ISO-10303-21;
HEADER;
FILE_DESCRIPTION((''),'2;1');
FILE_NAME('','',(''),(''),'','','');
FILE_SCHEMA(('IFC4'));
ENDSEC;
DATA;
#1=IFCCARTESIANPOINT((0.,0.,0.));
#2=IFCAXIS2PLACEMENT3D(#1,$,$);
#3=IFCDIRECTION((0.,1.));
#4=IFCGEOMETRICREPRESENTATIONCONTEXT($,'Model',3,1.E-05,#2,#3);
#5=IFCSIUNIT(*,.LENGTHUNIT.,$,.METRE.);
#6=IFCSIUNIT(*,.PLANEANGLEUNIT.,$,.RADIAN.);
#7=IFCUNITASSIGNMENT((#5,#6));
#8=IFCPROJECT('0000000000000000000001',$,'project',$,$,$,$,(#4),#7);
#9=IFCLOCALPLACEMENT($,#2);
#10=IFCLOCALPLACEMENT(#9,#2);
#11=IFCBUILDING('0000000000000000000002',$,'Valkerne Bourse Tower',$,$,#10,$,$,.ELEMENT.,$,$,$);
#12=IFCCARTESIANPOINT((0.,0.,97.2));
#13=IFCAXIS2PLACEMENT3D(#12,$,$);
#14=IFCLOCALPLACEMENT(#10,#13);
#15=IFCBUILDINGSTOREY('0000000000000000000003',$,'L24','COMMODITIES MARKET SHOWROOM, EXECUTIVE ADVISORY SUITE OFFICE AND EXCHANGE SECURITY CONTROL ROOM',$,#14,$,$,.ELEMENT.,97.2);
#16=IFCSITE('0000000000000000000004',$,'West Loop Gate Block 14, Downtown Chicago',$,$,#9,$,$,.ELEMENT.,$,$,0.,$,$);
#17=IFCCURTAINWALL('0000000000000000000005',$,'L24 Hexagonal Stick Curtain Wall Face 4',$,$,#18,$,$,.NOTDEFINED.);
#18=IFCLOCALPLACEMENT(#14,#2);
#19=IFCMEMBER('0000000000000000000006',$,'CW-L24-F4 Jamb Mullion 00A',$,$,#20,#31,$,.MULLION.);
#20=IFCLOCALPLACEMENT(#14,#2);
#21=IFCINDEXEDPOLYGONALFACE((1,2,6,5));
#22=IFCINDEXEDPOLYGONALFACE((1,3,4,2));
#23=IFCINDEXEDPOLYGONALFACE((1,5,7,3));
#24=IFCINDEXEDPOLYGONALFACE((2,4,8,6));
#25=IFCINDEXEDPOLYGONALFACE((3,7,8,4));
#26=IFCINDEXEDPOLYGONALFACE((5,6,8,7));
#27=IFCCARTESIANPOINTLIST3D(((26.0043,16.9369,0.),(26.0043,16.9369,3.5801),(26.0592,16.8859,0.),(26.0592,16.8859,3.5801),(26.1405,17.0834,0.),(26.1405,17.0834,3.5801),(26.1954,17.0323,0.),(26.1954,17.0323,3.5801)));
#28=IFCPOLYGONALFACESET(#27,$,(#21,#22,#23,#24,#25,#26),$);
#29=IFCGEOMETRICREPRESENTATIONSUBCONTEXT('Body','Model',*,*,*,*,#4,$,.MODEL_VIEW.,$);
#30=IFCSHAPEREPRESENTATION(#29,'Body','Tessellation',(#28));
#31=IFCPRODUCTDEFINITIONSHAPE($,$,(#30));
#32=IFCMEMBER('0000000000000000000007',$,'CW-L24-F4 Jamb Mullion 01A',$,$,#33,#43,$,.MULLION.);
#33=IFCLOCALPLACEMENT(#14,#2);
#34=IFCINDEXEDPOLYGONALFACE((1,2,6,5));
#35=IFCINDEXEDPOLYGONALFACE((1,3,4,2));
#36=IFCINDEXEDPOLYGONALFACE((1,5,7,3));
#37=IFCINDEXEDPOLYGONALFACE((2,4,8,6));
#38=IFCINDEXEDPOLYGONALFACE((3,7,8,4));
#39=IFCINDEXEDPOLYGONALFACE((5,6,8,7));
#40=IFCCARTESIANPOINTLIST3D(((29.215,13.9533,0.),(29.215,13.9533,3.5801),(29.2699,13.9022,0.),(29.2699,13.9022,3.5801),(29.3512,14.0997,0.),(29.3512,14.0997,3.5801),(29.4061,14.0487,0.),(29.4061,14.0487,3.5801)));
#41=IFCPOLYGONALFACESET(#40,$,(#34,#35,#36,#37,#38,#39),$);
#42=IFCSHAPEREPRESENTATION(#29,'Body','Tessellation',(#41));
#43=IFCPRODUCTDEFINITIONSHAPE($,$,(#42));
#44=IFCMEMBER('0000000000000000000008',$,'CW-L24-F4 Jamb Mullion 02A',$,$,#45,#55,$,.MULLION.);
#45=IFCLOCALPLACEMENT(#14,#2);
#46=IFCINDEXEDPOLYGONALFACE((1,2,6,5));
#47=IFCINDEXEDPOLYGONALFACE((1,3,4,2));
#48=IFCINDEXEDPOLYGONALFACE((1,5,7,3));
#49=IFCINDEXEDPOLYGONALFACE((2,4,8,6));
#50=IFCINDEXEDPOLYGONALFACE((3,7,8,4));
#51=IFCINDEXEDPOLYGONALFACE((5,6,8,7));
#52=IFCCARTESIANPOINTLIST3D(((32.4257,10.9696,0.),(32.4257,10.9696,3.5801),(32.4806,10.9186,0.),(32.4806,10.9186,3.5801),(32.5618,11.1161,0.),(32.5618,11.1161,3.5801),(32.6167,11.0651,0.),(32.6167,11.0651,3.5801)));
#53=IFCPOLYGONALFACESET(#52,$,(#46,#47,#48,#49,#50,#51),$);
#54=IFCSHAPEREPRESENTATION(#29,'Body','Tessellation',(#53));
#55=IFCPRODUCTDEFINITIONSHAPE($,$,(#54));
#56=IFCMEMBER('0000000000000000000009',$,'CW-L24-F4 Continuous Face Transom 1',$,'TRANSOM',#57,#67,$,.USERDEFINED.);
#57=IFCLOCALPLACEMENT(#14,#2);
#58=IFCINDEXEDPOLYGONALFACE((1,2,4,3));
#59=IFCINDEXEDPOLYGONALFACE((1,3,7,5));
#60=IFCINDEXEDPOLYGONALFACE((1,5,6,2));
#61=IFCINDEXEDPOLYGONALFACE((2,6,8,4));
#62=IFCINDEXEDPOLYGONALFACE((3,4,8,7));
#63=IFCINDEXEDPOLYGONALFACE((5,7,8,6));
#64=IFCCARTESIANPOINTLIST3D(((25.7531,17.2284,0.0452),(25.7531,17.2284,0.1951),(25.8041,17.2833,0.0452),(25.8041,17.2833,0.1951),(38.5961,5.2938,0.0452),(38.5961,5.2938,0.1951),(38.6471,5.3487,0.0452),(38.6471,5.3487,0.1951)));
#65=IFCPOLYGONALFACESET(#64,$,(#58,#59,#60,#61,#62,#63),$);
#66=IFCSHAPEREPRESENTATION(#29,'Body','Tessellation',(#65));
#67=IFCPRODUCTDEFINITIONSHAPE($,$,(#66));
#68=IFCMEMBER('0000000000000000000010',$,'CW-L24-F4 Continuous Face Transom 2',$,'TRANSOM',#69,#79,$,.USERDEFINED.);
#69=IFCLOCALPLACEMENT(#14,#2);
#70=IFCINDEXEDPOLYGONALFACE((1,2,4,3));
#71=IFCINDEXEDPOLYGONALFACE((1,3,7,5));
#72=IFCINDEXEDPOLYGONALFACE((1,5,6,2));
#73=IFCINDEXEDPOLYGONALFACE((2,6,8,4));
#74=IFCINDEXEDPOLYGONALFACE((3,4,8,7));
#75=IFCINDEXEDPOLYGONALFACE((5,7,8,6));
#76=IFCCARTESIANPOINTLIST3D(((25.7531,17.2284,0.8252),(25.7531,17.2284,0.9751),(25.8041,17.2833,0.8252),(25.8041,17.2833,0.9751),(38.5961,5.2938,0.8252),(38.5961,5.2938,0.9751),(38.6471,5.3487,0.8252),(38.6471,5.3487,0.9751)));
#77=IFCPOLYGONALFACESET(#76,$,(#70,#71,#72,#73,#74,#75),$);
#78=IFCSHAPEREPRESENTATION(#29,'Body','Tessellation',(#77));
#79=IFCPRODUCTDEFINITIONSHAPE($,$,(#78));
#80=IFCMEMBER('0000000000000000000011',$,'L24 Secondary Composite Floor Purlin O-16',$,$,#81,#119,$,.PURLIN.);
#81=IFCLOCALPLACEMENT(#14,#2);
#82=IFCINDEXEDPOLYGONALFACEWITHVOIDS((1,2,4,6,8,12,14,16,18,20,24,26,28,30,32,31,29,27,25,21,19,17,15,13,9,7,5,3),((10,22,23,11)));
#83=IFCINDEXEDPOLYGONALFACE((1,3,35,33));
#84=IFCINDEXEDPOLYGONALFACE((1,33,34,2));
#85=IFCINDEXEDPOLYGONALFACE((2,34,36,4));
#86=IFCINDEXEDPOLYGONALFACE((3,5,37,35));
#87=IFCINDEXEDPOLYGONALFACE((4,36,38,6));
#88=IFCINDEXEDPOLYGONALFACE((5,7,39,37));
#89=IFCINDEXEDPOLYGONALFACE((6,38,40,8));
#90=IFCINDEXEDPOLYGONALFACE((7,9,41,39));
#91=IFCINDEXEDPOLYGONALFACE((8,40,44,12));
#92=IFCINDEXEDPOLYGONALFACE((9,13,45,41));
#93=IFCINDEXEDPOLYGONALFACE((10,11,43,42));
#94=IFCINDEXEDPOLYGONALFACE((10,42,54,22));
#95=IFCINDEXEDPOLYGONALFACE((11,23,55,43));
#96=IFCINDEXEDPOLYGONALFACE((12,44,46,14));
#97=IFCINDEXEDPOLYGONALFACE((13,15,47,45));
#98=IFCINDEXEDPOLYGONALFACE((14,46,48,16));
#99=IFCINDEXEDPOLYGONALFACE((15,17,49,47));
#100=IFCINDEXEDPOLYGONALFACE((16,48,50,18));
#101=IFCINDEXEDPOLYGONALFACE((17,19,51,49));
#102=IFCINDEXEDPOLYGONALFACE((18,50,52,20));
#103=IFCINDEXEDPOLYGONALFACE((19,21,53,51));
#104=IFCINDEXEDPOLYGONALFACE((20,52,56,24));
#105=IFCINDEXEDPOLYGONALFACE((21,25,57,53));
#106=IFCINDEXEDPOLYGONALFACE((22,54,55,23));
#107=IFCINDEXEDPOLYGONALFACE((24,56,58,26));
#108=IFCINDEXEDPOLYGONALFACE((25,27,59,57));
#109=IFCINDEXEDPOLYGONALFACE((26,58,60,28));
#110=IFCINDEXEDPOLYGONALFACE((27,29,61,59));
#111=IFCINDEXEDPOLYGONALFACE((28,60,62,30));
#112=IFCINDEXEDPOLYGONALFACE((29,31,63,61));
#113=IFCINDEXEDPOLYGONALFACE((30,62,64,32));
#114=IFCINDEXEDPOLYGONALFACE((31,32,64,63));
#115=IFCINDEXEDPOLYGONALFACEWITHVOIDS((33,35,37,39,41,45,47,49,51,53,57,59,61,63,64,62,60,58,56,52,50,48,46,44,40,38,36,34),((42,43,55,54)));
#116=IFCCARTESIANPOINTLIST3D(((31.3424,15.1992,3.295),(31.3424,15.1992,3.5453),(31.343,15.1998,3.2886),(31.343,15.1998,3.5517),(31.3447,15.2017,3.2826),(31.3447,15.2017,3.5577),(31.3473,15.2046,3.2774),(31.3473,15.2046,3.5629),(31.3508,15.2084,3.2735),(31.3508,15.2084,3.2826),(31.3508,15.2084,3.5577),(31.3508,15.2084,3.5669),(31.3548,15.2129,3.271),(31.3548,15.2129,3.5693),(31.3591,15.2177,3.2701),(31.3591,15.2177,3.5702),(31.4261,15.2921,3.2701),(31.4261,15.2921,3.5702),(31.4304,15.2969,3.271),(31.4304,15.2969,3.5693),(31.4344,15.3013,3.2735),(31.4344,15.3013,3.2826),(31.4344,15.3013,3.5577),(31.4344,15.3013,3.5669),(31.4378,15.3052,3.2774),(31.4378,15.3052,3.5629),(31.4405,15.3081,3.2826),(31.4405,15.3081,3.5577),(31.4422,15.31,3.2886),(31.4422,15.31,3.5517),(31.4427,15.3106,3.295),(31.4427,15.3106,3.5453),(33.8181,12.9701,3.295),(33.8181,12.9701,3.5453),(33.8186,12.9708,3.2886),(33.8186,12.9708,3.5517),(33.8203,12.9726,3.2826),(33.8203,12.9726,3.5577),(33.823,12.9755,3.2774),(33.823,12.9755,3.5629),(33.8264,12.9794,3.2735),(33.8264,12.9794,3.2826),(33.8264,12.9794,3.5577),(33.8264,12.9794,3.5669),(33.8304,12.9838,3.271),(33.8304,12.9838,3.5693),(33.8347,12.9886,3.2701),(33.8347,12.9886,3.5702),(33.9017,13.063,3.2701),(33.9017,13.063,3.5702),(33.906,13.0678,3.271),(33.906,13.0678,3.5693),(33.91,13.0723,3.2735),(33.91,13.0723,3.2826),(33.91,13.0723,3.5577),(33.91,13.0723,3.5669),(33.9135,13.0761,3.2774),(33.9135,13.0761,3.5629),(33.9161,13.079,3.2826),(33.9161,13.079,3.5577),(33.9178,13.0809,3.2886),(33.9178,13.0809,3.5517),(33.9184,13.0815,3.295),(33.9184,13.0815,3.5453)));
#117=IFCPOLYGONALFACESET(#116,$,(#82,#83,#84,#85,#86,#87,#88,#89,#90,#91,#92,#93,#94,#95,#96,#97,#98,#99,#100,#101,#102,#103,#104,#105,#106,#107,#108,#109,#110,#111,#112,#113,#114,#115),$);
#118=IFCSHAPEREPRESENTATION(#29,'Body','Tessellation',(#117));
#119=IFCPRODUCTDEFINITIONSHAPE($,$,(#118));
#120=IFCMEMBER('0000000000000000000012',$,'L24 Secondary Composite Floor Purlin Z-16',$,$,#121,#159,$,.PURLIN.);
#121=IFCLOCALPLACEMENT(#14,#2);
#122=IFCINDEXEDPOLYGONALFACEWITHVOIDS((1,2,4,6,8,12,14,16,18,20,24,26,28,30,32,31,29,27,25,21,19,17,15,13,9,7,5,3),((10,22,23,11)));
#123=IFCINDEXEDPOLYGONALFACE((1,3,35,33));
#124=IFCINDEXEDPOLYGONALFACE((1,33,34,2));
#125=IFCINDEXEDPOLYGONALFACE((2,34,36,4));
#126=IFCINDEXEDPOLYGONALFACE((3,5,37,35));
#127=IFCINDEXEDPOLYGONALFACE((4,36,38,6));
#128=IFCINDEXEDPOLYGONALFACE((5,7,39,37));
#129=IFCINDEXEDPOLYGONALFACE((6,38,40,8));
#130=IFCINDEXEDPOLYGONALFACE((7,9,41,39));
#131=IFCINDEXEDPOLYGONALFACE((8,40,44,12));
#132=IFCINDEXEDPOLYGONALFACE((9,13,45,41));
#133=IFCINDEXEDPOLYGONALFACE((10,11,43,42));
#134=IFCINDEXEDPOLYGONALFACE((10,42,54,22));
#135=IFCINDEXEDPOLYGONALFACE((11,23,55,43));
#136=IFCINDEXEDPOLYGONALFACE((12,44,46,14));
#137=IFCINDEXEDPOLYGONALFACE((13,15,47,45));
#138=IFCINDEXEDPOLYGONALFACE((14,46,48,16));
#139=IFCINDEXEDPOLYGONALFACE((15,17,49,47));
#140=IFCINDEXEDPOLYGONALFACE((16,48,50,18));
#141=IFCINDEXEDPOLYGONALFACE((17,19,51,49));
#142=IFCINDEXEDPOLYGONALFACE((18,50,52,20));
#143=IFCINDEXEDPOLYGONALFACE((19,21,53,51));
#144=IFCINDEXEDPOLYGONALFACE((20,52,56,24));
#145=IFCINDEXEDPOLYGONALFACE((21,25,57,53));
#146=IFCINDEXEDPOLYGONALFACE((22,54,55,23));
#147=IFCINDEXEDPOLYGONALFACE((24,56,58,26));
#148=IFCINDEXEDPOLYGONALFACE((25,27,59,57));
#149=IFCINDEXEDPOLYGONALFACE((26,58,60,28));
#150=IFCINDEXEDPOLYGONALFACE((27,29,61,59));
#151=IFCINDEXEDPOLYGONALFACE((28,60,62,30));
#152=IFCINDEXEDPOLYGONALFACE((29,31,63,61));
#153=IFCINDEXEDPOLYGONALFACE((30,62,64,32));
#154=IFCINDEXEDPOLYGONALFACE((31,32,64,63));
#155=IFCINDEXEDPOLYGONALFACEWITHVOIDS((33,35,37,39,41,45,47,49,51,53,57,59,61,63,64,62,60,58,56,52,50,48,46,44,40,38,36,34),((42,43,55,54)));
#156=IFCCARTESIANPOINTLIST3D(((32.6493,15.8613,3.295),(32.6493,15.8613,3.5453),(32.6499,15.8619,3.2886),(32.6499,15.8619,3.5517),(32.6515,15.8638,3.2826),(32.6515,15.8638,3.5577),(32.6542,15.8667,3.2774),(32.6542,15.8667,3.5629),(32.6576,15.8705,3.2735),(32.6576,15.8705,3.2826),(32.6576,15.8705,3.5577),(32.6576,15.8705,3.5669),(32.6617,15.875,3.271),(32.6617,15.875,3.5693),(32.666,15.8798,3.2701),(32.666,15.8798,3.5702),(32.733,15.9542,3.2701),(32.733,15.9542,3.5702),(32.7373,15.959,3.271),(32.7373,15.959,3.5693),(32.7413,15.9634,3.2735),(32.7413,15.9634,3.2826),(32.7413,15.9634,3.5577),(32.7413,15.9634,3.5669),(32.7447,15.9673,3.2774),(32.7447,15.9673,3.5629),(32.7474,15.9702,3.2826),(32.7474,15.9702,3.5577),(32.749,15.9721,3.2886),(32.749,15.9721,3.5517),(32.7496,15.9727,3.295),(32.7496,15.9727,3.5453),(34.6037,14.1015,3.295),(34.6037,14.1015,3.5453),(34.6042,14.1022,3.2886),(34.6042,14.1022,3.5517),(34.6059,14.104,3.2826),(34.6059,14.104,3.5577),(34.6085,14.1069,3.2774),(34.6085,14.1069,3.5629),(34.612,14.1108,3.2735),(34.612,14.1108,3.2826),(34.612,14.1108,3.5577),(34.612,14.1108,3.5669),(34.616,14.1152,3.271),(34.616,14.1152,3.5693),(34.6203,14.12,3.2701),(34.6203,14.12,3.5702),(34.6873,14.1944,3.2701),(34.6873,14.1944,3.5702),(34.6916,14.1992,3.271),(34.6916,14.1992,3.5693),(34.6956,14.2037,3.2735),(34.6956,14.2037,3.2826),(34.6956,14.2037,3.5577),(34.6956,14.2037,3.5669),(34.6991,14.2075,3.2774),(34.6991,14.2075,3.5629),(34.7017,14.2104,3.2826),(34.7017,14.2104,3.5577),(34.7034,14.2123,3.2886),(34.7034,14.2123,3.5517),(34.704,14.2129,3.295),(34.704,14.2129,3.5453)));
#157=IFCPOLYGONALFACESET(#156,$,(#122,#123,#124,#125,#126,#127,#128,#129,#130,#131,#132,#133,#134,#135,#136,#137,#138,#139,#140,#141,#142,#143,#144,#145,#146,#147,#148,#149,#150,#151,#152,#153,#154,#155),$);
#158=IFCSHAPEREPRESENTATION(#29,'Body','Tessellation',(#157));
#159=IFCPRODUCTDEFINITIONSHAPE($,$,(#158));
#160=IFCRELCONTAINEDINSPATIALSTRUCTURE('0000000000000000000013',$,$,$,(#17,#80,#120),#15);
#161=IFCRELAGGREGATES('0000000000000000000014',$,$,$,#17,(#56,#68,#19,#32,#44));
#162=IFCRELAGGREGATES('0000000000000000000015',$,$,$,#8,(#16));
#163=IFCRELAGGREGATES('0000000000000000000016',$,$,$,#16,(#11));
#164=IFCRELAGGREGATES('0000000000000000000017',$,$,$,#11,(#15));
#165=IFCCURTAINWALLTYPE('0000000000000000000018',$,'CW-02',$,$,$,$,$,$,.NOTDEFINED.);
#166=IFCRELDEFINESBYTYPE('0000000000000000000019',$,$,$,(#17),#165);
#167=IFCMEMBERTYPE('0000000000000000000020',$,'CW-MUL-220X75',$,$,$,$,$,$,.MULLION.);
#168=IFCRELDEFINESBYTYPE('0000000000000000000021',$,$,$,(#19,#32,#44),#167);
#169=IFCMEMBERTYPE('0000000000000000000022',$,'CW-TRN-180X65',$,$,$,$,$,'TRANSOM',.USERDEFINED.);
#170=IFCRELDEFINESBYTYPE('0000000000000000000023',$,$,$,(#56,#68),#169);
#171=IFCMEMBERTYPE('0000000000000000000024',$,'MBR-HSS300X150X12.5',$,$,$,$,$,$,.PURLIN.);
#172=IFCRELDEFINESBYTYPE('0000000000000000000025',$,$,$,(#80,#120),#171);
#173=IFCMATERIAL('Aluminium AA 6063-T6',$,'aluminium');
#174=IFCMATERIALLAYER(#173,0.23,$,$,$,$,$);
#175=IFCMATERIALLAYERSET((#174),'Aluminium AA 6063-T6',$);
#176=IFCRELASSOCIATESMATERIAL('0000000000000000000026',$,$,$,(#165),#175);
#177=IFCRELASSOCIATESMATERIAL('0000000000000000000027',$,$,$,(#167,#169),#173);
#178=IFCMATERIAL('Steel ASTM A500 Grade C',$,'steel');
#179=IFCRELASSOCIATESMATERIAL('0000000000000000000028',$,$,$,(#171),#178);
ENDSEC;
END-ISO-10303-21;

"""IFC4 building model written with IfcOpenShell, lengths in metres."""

from ifc_helpers import new_model, si_unit, direction, frame, origin, origin_2d, place, context, subcontext, project, spatial, rectangle, hollow_rectangle, extrude, material, layer, layer_set, material_profile, profile_set, type_object, element, aggregate, save


model = new_model("IFC4")

# Units and contexts
model_context = context("Model", 3, precision=1e-05, world=origin(), true_north=direction((0.0, 1.0)))
body_context = subcontext(model_context, "Body", "Model", "MODEL_VIEW")
ifc_project = project(units=[si_unit("LENGTHUNIT", "METRE"), si_unit("PLANEANGLEUNIT", "RADIAN")], contexts=[model_context])

# Site, building, storey
site_placement = place(None, origin())
site = spatial("IfcSite", under=ifc_project, at=site_placement, Name="West Loop Gate Block 14, Downtown Chicago", CompositionType="ELEMENT", RefElevation=0.0)
building_placement = place(site_placement, origin())
building = spatial("IfcBuilding", under=site, at=building_placement, Name="Valkerne Bourse Tower", CompositionType="ELEMENT")
storey_placement = place(building_placement, frame((0.0, 0.0, 97.2)))
storey = spatial("IfcBuildingStorey", under=building, at=storey_placement, Name="L24", Description="COMMODITIES MARKET SHOWROOM, EXECUTIVE ADVISORY SUITE OFFICE AND EXCHANGE SECURITY CONTROL ROOM", CompositionType="ELEMENT", Elevation=97.2)

# Curtain wall, members
ifc_material_1 = material(Name="Aluminium AA 6063-T6", Category="aluminium")
ifc_layer_1 = layer(ifc_material_1, 0.23)
ifc_layer_set_1 = layer_set([ifc_layer_1], Name="Aluminium AA 6063-T6")
curtain_wall_type = type_object("IfcCurtainWallType", Name="CW-02", PredefinedType="NOTDEFINED", material=ifc_layer_set_1)
curtain_wall_placement = place(storey_placement, origin())
curtain_wall = element("IfcCurtainWall", 1, at=curtain_wall_placement, inside=storey, type_object=curtain_wall_type, Name="L24 Hexagonal Stick Curtain Wall Face 4", PredefinedType="NOTDEFINED")
ifc_material_profile_1 = material_profile(ifc_material_1, rectangle(XDim=0.075, YDim=0.2, at=origin_2d()), Name="CWM-75X200")
ifc_profile_set_1 = profile_set([ifc_material_profile_1], Name="Aluminium AA 6063-T6")
member_type_1 = type_object("IfcMemberType", Name="CW-MUL-220X75", PredefinedType="MULLION", material=ifc_profile_set_1)
member_1_placement = place(storey_placement, frame((26.0999, 16.9846, 0.0), z_axis=(0.0, 0.0, 1.0), x_axis=(0.732539, -0.680725, 0.0)))
member_1 = element("IfcMember", 2, at=member_1_placement, type_object=member_type_1, Name="CW-L24-F4 Jamb Mullion 00A", PredefinedType="MULLION", context=body_context, shape_type="SweptSolid", body=[
    extrude(rectangle(XDim=0.075, YDim=0.2, at=origin_2d()), origin(), (0.0, 0.0, 1.0), 3.5801),
])
member_2_placement = place(storey_placement, frame((29.3105, 14.001, 0.0), z_axis=(0.0, 0.0, 1.0), x_axis=(0.732539, -0.680725, 0.0)))
member_2 = element("IfcMember", 3, at=member_2_placement, type_object=member_type_1, Name="CW-L24-F4 Jamb Mullion 01A", PredefinedType="MULLION", context=body_context, shape_type="SweptSolid", body=[
    extrude(rectangle(XDim=0.075, YDim=0.2, at=origin_2d()), origin(), (0.0, 0.0, 1.0), 3.5801),
])
member_3_placement = place(storey_placement, frame((32.5212, 11.0173, 0.0), z_axis=(0.0, 0.0, 1.0), x_axis=(0.73255, -0.680714, 0.0)))
member_3 = element("IfcMember", 4, at=member_3_placement, type_object=member_type_1, Name="CW-L24-F4 Jamb Mullion 02A", PredefinedType="MULLION", context=body_context, shape_type="SweptSolid", body=[
    extrude(rectangle(XDim=0.075, YDim=0.2, at=origin_2d()), origin(), (0.0, 0.0, 1.0), 3.5801),
])
ifc_material_profile_2 = material_profile(ifc_material_1, rectangle(XDim=0.075, YDim=0.1499, at=origin_2d()), Name="CWT-75X150")
ifc_profile_set_2 = profile_set([ifc_material_profile_2], Name="Aluminium AA 6063-T6")
member_type_2 = type_object("IfcMemberType", Name="CW-TRN-180X65", ElementType="TRANSOM", PredefinedType="USERDEFINED", material=ifc_profile_set_2)
member_4_placement = place(storey_placement, frame((25.7786, 17.2559, 0.1201), z_axis=(0.73254, -0.680724, 0.0), x_axis=(0.680724, 0.73254, 0.0)))
member_4 = element("IfcMember", 5, at=member_4_placement, type_object=member_type_2, Name="CW-L24-F4 Continuous Face Transom 1", ObjectType="TRANSOM", PredefinedType="USERDEFINED", context=body_context, shape_type="SweptSolid", body=[
    extrude(rectangle(XDim=0.075, YDim=0.1499, at=origin_2d()), origin(), (0.0, 0.0, 1.0), 17.5322),
])
member_5_placement = place(storey_placement, frame((25.7786, 17.2559, 0.9001), z_axis=(0.73254, -0.680724, 0.0), x_axis=(0.680724, 0.73254, 0.0)))
member_5 = element("IfcMember", 6, at=member_5_placement, type_object=member_type_2, Name="CW-L24-F4 Continuous Face Transom 2", ObjectType="TRANSOM", PredefinedType="USERDEFINED", context=body_context, shape_type="SweptSolid", body=[
    extrude(rectangle(XDim=0.075, YDim=0.1499, at=origin_2d()), origin(), (0.0, 0.0, 1.0), 17.5322),
])

# Members
ifc_material_2 = material(Name="Steel ASTM A500 Grade C", Category="steel")
ifc_material_profile_3 = material_profile(ifc_material_2, hollow_rectangle(XDim=0.1499, YDim=0.3, WallThickness=0.0125, OuterFilletRadius=0.0249, at=origin_2d()), Name="HSS300X150X12.5")
ifc_profile_set_3 = profile_set([ifc_material_profile_3], Name="Steel ASTM A500 Grade C")
member_type_3 = type_object("IfcMemberType", Name="MBR-HSS300X150X12.5", PredefinedType="PURLIN", material=ifc_profile_set_3)
member_6_placement = place(storey_placement, frame((31.3926, 15.2549, 3.4202), z_axis=(0.743148, -0.669127, 0.0), x_axis=(0.669127, 0.743148, 0.0)))
element("IfcMember", 7, at=member_6_placement, inside=storey, type_object=member_type_3, Name="L24 Secondary Composite Floor Purlin O-16", PredefinedType="PURLIN", context=body_context, shape_type="SweptSolid", body=[
    extrude(hollow_rectangle(XDim=0.1499, YDim=0.3, WallThickness=0.0125, OuterFilletRadius=0.0249, at=origin_2d()), origin(), (0.0, 0.0, 1.0), 3.3313),
])
member_7_placement = place(storey_placement, frame((32.6995, 15.917, 3.4202), z_axis=(0.743133, -0.669144, 0.0), x_axis=(0.669144, 0.743133, 0.0)))
element("IfcMember", 8, at=member_7_placement, inside=storey, type_object=member_type_3, Name="L24 Secondary Composite Floor Purlin Z-16", PredefinedType="PURLIN", context=body_context, shape_type="SweptSolid", body=[
    extrude(hollow_rectangle(XDim=0.1499, YDim=0.3, WallThickness=0.0125, OuterFilletRadius=0.0249, at=origin_2d()), origin(), (0.0, 0.0, 1.0), 2.6299),
])

aggregate(curtain_wall, [member_4, member_5, member_1, member_2, member_3])

save(model, "model.ifc")
